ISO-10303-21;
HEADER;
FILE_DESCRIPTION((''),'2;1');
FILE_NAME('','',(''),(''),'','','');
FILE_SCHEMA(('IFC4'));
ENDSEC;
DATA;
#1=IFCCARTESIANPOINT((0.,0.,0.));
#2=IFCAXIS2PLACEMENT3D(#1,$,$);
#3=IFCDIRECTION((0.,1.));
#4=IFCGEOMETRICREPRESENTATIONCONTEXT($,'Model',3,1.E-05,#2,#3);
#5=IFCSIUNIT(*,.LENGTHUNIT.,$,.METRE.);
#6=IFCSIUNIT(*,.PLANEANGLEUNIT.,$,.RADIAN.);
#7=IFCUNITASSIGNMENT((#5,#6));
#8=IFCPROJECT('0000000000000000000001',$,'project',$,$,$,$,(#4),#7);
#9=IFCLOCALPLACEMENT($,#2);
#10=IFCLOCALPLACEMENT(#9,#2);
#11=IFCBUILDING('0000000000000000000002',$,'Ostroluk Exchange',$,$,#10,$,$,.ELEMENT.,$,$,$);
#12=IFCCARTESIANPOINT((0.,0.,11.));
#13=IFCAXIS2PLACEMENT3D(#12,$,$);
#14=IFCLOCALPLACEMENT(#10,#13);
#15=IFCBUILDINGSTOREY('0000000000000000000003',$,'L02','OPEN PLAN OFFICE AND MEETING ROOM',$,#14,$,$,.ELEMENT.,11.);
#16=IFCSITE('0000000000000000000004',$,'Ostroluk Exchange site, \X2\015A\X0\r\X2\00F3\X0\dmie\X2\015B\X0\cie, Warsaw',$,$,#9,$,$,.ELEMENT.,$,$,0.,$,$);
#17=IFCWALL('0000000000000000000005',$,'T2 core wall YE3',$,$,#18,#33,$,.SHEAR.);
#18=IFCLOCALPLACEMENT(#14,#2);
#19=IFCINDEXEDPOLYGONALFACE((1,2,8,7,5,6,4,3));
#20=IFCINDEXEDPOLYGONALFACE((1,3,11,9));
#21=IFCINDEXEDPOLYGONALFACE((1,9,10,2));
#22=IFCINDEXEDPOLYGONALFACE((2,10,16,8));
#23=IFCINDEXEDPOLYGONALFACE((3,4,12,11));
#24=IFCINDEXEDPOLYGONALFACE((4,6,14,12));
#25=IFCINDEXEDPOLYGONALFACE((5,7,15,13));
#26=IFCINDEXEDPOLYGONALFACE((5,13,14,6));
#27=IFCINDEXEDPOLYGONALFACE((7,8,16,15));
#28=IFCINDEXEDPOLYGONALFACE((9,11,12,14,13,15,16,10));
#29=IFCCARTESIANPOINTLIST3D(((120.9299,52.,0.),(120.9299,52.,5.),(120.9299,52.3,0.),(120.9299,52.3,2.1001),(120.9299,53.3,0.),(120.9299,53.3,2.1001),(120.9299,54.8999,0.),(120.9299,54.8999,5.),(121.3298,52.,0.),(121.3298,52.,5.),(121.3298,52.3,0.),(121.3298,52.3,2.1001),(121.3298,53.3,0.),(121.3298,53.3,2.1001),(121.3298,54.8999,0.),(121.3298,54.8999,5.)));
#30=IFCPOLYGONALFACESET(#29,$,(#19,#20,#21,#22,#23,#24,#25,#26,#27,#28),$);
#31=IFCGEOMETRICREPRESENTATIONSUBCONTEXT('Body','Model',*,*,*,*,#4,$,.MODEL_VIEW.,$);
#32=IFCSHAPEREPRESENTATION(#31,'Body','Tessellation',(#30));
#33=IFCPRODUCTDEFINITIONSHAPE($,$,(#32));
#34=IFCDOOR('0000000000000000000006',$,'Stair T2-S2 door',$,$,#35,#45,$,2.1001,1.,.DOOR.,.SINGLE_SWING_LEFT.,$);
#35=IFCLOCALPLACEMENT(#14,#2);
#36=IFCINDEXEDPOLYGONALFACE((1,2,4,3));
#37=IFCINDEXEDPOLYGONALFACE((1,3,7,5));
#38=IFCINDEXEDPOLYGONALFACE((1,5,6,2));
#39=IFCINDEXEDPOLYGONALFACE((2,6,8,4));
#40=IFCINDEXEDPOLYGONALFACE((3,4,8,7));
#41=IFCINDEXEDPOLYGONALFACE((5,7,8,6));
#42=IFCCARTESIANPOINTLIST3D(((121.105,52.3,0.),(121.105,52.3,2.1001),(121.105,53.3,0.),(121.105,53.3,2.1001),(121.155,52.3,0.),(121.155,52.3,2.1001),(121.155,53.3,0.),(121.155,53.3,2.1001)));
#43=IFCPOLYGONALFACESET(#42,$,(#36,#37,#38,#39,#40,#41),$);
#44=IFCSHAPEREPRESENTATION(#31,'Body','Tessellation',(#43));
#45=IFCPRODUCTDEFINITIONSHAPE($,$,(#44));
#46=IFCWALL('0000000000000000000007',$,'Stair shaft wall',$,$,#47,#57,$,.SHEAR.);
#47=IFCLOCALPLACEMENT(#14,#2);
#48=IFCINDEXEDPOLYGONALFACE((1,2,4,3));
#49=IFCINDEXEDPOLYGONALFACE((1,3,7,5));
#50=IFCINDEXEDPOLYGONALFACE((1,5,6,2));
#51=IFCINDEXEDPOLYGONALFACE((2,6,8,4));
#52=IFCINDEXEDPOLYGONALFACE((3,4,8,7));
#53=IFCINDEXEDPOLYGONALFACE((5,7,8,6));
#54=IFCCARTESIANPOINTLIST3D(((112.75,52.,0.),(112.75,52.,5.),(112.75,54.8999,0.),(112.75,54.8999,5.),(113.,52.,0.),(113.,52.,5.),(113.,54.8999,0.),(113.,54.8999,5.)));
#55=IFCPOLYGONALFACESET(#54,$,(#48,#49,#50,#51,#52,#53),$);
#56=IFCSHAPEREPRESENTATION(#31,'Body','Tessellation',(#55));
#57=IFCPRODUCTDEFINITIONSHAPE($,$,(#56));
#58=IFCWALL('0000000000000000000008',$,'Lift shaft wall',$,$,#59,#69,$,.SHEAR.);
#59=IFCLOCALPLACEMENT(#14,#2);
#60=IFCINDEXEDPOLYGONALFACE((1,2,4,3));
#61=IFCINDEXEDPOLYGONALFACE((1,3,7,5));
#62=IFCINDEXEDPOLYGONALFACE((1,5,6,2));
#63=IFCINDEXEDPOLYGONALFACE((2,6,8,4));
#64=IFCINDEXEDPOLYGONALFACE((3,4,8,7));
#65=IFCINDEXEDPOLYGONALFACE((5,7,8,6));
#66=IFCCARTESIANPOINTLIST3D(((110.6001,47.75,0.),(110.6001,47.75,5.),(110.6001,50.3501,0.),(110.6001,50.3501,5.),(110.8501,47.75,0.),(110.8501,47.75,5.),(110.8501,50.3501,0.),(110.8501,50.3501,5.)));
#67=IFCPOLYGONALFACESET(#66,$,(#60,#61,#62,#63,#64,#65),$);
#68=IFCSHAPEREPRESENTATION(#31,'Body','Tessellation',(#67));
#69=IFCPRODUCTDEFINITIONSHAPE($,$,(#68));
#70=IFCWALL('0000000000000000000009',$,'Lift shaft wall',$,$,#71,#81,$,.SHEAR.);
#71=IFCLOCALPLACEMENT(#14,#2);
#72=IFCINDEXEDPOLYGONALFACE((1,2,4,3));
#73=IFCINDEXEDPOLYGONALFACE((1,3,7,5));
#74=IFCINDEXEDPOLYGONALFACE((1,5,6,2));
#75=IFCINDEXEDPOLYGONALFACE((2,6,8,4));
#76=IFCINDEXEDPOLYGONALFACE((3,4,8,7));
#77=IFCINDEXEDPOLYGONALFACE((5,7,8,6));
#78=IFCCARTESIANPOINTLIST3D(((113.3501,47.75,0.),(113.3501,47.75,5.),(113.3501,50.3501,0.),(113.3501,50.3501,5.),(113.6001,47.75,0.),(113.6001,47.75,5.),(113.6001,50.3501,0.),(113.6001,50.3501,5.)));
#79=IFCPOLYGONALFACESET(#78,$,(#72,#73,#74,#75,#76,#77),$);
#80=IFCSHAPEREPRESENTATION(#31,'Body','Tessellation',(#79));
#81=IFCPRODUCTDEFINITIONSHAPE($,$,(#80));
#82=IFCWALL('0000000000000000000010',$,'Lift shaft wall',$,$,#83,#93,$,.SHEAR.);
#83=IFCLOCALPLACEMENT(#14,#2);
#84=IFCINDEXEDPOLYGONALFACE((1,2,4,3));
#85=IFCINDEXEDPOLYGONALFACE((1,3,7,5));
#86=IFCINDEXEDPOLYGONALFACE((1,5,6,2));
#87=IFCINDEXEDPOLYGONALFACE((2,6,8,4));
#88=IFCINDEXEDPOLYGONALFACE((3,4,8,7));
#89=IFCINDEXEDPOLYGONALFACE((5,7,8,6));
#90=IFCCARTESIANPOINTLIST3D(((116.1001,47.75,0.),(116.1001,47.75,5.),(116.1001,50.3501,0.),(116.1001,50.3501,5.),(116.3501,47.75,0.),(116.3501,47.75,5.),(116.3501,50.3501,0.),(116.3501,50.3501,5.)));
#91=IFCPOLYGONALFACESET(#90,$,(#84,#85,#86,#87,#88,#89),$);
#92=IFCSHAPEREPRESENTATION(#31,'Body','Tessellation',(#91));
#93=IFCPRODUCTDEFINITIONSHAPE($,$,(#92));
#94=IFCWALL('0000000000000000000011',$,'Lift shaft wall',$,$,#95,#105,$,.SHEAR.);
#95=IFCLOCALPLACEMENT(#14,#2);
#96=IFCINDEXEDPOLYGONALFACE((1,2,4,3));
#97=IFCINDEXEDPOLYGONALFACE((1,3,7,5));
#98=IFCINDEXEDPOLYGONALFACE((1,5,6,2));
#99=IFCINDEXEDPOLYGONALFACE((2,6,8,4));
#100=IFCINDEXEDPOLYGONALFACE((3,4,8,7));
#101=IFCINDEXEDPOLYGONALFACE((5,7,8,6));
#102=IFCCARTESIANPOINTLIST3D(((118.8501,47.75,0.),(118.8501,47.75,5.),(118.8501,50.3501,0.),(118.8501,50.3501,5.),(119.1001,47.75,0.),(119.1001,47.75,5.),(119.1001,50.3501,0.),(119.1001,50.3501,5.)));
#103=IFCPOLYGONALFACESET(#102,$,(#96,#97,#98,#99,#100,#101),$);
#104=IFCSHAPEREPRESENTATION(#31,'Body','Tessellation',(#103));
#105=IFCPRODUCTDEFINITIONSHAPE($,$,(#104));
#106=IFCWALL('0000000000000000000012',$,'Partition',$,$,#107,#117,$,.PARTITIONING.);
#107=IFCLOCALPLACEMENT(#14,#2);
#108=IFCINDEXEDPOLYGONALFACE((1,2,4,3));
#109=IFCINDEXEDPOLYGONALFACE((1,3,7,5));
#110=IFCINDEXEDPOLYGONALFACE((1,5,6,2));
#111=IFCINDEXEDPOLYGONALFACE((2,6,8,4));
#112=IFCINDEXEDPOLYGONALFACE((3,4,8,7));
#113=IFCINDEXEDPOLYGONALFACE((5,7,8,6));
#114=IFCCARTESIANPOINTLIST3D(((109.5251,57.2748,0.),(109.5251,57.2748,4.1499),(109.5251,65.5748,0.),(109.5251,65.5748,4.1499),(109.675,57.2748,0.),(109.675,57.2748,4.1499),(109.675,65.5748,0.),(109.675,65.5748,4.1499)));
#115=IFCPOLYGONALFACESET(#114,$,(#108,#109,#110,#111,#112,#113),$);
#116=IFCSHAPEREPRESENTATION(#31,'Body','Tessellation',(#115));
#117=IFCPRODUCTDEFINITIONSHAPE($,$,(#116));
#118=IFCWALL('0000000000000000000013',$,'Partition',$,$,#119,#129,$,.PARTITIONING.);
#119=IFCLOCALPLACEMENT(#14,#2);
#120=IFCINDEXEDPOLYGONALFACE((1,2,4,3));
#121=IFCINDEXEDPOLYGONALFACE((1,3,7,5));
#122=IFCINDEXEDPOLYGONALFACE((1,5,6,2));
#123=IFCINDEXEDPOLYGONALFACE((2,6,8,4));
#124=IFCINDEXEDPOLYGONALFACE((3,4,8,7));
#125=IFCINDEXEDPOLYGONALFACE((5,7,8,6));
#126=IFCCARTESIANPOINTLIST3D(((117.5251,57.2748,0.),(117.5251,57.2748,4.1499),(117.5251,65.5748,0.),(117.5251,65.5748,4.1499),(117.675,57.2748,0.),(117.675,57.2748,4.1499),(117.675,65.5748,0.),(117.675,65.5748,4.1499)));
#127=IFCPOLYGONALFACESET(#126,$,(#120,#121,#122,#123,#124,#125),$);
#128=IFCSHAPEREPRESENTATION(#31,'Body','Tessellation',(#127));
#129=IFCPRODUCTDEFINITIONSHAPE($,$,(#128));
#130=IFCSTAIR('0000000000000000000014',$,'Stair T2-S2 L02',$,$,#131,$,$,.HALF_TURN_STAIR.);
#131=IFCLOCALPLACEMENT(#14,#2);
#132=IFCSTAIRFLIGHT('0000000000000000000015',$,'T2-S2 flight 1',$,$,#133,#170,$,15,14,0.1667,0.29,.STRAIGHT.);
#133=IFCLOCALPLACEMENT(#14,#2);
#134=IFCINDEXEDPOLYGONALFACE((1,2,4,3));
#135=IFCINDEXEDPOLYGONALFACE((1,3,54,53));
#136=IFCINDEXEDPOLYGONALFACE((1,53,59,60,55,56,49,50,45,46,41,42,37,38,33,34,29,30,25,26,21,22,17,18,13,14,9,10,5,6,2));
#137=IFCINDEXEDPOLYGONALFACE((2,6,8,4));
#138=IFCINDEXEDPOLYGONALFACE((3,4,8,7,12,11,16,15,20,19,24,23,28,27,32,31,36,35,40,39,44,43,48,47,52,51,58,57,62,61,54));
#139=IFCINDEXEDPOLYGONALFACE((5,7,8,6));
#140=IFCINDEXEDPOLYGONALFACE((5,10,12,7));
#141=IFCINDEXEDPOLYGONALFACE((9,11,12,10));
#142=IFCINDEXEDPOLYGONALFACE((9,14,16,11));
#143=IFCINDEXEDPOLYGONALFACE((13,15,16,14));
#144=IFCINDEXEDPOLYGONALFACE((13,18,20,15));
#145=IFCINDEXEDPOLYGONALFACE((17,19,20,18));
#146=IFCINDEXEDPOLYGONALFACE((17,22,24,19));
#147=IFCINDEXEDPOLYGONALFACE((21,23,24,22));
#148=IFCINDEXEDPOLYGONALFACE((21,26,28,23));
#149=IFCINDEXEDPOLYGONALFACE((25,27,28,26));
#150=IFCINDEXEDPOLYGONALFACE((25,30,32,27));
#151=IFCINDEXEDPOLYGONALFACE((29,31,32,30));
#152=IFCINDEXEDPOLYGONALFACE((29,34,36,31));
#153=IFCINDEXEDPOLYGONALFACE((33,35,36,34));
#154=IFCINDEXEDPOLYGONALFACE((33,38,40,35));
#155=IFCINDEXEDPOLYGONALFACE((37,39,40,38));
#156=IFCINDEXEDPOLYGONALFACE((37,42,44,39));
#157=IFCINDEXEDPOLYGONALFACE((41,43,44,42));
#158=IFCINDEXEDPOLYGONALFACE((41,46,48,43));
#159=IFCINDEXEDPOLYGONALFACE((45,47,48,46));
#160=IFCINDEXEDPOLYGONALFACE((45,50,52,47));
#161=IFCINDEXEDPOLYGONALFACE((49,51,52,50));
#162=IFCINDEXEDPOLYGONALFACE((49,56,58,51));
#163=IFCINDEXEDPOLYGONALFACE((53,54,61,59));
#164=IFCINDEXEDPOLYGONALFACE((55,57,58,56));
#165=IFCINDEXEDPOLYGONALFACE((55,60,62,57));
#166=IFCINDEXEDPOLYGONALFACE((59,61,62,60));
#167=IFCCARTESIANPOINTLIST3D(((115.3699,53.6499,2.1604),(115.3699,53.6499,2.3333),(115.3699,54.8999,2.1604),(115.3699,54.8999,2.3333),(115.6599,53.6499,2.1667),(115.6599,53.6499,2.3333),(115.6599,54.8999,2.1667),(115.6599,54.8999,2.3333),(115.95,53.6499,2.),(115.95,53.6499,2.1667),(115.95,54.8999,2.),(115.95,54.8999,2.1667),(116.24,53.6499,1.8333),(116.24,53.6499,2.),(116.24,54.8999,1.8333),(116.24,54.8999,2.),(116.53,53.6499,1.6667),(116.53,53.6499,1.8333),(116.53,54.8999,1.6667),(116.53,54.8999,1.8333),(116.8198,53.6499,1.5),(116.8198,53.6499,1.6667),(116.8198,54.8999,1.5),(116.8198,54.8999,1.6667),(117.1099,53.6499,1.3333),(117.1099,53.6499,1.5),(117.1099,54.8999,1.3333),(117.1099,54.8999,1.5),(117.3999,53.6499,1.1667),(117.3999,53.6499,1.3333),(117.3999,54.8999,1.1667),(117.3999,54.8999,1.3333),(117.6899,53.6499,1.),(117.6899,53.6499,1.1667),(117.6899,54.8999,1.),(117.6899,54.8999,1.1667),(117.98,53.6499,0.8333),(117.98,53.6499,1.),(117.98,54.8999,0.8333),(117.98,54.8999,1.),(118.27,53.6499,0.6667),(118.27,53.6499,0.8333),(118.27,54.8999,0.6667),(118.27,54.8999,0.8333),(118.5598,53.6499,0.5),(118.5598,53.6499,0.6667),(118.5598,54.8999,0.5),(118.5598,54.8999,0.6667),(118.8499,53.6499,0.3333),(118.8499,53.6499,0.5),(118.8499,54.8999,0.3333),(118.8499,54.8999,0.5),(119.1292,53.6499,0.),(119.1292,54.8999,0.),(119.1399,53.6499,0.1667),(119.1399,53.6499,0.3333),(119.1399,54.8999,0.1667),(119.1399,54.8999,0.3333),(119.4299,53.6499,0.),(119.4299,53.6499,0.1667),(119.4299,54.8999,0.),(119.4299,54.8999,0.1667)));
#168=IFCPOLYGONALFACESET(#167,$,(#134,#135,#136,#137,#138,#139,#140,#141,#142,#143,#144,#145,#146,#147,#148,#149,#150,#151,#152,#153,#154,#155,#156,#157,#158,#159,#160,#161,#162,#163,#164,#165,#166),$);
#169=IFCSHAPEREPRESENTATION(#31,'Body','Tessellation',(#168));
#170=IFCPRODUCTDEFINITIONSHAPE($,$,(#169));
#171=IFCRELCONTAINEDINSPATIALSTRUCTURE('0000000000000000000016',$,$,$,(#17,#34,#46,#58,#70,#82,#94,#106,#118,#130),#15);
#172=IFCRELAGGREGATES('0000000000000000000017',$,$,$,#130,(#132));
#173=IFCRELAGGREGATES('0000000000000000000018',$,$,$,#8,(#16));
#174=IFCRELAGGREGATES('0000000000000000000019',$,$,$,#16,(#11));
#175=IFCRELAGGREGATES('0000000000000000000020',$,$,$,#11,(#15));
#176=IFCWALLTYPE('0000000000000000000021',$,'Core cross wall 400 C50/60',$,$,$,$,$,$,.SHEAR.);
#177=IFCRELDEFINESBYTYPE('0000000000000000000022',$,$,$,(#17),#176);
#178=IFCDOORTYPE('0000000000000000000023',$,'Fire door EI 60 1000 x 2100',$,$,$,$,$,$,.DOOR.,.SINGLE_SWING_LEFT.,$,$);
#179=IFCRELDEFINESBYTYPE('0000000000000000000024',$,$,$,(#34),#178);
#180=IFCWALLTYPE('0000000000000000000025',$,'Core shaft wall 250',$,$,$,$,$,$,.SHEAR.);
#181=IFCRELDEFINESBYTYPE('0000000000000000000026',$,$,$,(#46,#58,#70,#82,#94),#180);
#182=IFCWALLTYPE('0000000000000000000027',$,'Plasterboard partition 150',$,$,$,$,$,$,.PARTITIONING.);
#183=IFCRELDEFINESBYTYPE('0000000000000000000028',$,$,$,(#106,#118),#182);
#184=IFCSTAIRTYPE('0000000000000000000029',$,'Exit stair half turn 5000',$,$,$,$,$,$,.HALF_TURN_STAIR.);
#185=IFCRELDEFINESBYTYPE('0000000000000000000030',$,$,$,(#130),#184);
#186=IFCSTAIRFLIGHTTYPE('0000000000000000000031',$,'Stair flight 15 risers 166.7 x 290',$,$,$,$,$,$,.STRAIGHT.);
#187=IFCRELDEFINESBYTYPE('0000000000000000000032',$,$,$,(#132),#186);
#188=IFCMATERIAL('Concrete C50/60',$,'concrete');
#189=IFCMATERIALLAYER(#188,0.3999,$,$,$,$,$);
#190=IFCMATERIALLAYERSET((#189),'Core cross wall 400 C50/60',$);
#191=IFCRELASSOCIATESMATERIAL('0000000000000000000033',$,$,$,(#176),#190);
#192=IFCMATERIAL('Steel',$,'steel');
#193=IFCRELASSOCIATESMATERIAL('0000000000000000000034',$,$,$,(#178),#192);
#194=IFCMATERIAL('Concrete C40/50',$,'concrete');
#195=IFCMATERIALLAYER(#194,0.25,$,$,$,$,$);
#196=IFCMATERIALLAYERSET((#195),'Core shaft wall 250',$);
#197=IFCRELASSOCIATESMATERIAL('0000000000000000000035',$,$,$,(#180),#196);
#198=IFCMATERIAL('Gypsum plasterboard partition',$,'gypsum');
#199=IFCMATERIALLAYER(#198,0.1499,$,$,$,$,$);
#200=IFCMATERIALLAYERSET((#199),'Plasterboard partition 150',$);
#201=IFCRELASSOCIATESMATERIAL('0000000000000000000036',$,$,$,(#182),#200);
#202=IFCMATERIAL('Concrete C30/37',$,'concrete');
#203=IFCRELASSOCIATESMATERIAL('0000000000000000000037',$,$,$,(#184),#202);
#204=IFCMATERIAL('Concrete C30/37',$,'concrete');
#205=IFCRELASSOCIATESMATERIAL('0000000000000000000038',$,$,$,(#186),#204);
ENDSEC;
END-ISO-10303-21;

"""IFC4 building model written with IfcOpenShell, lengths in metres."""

from ifc_helpers import new_model, si_unit, direction, frame, frame_2d, origin, place, context, subcontext, project, spatial, polyline, rectangle, outline, extrude, material, layer, layer_set, type_object, element, fill, aggregate, save


model = new_model("IFC4")

# Units and contexts
model_context = context("Model", 3, precision=1e-05, world=origin(), true_north=direction((0.0, 1.0)))
body_context = subcontext(model_context, "Body", "Model", "MODEL_VIEW")
ifc_project = project(units=[si_unit("LENGTHUNIT", "METRE"), si_unit("PLANEANGLEUNIT", "RADIAN")], contexts=[model_context])

# Site, building, storey
site_placement = place(None, origin())
site = spatial("IfcSite", under=ifc_project, at=site_placement, Name="Ostroluk Exchange site, Śródmieście, Warsaw", CompositionType="ELEMENT", RefElevation=0.0)
building_placement = place(site_placement, origin())
building = spatial("IfcBuilding", under=site, at=building_placement, Name="Ostroluk Exchange", CompositionType="ELEMENT")
storey_placement = place(building_placement, frame((0.0, 0.0, 11.0)))
storey = spatial("IfcBuildingStorey", under=building, at=storey_placement, Name="L02", Description="OPEN PLAN OFFICE AND MEETING ROOM", CompositionType="ELEMENT", Elevation=11.0)

# Shared definitions
ifc_material_1 = material(Name="Concrete C50/60", Category="concrete")
ifc_layer_1 = layer(ifc_material_1, 0.3999)
ifc_layer_set_1 = layer_set([ifc_layer_1], Name="Core cross wall 400 C50/60")
wall_type_1 = type_object("IfcWallType", Name="Core cross wall 400 C50/60", PredefinedType="SHEAR", material=ifc_layer_set_1)

# Wall, opening, door
wall_1_placement = place(storey_placement, frame((121.1299, 52.0, 0.0), z_axis=(0.0, 0.0, 1.0), x_axis=(0.0, 1.0, 0.0)))
wall_1 = element("IfcWall", 1, at=wall_1_placement, inside=storey, type_object=wall_type_1, Name="T2 core wall YE3", PredefinedType="SHEAR", context=body_context, shape_type="SweptSolid", body=[
    extrude(rectangle(XDim=2.8999, YDim=0.3999, at=frame_2d((1.45, 0.0))), origin(), (0.0, 0.0, 1.0), 5.0),
])
opening_1_placement = place(wall_1_placement, frame((0.3, 0.0, 0.0)))
opening_1 = element("IfcOpeningElement", 2, at=opening_1_placement, cuts=wall_1, PredefinedType="OPENING", context=body_context, shape_type="SweptSolid", body=[
    extrude(rectangle(XDim=1.0, YDim=2.1001, at=frame_2d((0.5, 1.05))), frame((0.0, 0.21, 0.0), z_axis=(0.0, -1.0, 0.0), x_axis=(1.0, 0.0, 0.0)), (0.0, 0.0, 1.0), 0.4199),
])
ifc_material_2 = material(Name="Steel", Category="steel")
door_type_1 = type_object("IfcDoorType", Name="Fire door EI 60 1000 x 2100", OperationType="SINGLE_SWING_LEFT", PredefinedType="DOOR", material=ifc_material_2)
door_1_placement = place(opening_1_placement, origin())
door_1 = element("IfcDoor", 3, at=door_1_placement, inside=storey, type_object=door_type_1, Name="Stair T2-S2 door", OperationType="SINGLE_SWING_LEFT", OverallHeight=2.1001, OverallWidth=1.0, PredefinedType="DOOR", context=body_context, shape_type="SweptSolid", body=[
    extrude(rectangle(XDim=1.0, YDim=2.1001, at=frame_2d((0.5, 1.05))), frame((0.0, 0.0249, 0.0), z_axis=(0.0, -1.0, 0.0), x_axis=(1.0, 0.0, 0.0)), (0.0, 0.0, 1.0), 0.05),
])
fill(opening_1, door_1)

# Walls
ifc_material_3 = material(Name="Concrete C40/50", Category="concrete")
ifc_layer_2 = layer(ifc_material_3, 0.25)
ifc_layer_set_2 = layer_set([ifc_layer_2], Name="Core shaft wall 250")
wall_type_2 = type_object("IfcWallType", Name="Core shaft wall 250", PredefinedType="SHEAR", material=ifc_layer_set_2)
wall_2_placement = place(storey_placement, frame((112.875, 52.0, 0.0), z_axis=(0.0, 0.0, 1.0), x_axis=(0.0, 1.0, 0.0)))
element("IfcWall", 4, at=wall_2_placement, inside=storey, type_object=wall_type_2, Name="Stair shaft wall", PredefinedType="SHEAR", context=body_context, shape_type="SweptSolid", body=[
    extrude(rectangle(XDim=2.8999, YDim=0.25, at=frame_2d((1.45, 0.0))), origin(), (0.0, 0.0, 1.0), 5.0),
])
for number, where, z_axis, x_axis, name in (
    (5, (110.7251, 47.75, 0.0), (0.0, 0.0, 1.0), (0.0, 1.0, 0.0), "Lift shaft wall"),
    (6, (113.4751, 47.75, 0.0), (0.0, 0.0, 1.0), (0.0, 1.0, 0.0), "Lift shaft wall"),
    (7, (116.2251, 47.75, 0.0), (0.0, 0.0, 1.0), (0.0, 1.0, 0.0), "Lift shaft wall"),
    (8, (118.9751, 47.75, 0.0), (0.0, 0.0, 1.0), (0.0, 1.0, 0.0), "Lift shaft wall"),
):
    element("IfcWall", number, at=place(storey_placement, frame(where, z_axis=z_axis, x_axis=x_axis)), inside=storey, type_object=wall_type_2, Name=name, PredefinedType="SHEAR", context=body_context, shape_type="SweptSolid", body=[
        extrude(rectangle(XDim=2.6001, YDim=0.25, at=frame_2d((1.3, 0.0))), origin(), (0.0, 0.0, 1.0), 5.0),
    ])

# Walls
ifc_material_4 = material(Name="Gypsum plasterboard partition", Category="gypsum")
ifc_layer_3 = layer(ifc_material_4, 0.1499)
ifc_layer_set_3 = layer_set([ifc_layer_3], Name="Plasterboard partition 150")
wall_type_3 = type_object("IfcWallType", Name="Plasterboard partition 150", PredefinedType="PARTITIONING", material=ifc_layer_set_3)
for number, where, z_axis, x_axis, name in (
    (9, (109.6001, 57.2749, 0.0), (0.0, 0.0, 1.0), (0.0, 1.0, 0.0), "Partition"),
    (10, (117.6001, 57.2749, 0.0), (0.0, 0.0, 1.0), (0.0, 1.0, 0.0), "Partition"),
):
    element("IfcWall", number, at=place(storey_placement, frame(where, z_axis=z_axis, x_axis=x_axis)), inside=storey, type_object=wall_type_3, Name=name, PredefinedType="PARTITIONING", context=body_context, shape_type="SweptSolid", body=[
        extrude(rectangle(XDim=8.3, YDim=0.1499, at=frame_2d((4.1499, 0.0))), origin(), (0.0, 0.0, 1.0), 4.1499),
    ])

# Stair, stair flight
ifc_material_5 = material(Name="Concrete C30/37", Category="concrete")
stair_type = type_object("IfcStairType", Name="Exit stair half turn 5000", PredefinedType="HALF_TURN_STAIR", material=ifc_material_5)
stair_placement = place(storey_placement, origin())
stair = element("IfcStair", 11, at=stair_placement, inside=storey, type_object=stair_type, Name="Stair T2-S2 L02", PredefinedType="HALF_TURN_STAIR")
ifc_material_6 = material(Name="Concrete C30/37", Category="concrete")
stair_flight_type = type_object("IfcStairFlightType", Name="Stair flight 15 risers 166.7 x 290", PredefinedType="STRAIGHT", material=ifc_material_6)
stair_flight_1_placement = place(storey_placement, frame((119.4299, 54.2749, 0.0), z_axis=(0.0, 0.0, 1.0), x_axis=(-1.0, 0.0, 0.0)))
stair_flight_1 = element("IfcStairFlight", 12, at=stair_flight_1_placement, type_object=stair_flight_type, Name="T2-S2 flight 1", NumberOfRisers=15, NumberOfTreads=14, PredefinedType="STRAIGHT", RiserHeight=0.1667, TreadLength=0.29, context=body_context, shape_type="SweptSolid", body=[
    extrude(outline(polyline([(0.0, 0.0), (0.0, 0.1667), (0.29, 0.1667), (0.29, 0.3333), (0.5801, 0.3333), (0.5801, 0.5), (0.8701, 0.5), (0.8701, 0.6667), (1.1599, 0.6667), (1.1599, 0.8333), (1.45, 0.8333), (1.45, 1.0), (1.74, 1.0), (1.74, 1.1667), (2.03, 1.1667), (2.03, 1.3333), (2.3201, 1.3333), (2.3201, 1.5), (2.6101, 1.5), (2.6101, 1.6667), (2.8999, 1.6667), (2.8999, 1.8333), (3.1899, 1.8333), (3.1899, 2.0), (3.48, 2.0), (3.48, 2.1667), (3.77, 2.1667), (3.77, 2.3333), (4.0601, 2.3333), (4.0601, 2.5), (4.0601, 2.1604), (0.3008, 0.0), (0.0, 0.0)])), frame((0.0, 0.625, 0.0), z_axis=(0.0, -1.0, 0.0), x_axis=(1.0, 0.0, 0.0)), (0.0, 0.0, 1.0), 1.25),
])
aggregate(stair, [stair_flight_1])

save(model, "model.ifc")
